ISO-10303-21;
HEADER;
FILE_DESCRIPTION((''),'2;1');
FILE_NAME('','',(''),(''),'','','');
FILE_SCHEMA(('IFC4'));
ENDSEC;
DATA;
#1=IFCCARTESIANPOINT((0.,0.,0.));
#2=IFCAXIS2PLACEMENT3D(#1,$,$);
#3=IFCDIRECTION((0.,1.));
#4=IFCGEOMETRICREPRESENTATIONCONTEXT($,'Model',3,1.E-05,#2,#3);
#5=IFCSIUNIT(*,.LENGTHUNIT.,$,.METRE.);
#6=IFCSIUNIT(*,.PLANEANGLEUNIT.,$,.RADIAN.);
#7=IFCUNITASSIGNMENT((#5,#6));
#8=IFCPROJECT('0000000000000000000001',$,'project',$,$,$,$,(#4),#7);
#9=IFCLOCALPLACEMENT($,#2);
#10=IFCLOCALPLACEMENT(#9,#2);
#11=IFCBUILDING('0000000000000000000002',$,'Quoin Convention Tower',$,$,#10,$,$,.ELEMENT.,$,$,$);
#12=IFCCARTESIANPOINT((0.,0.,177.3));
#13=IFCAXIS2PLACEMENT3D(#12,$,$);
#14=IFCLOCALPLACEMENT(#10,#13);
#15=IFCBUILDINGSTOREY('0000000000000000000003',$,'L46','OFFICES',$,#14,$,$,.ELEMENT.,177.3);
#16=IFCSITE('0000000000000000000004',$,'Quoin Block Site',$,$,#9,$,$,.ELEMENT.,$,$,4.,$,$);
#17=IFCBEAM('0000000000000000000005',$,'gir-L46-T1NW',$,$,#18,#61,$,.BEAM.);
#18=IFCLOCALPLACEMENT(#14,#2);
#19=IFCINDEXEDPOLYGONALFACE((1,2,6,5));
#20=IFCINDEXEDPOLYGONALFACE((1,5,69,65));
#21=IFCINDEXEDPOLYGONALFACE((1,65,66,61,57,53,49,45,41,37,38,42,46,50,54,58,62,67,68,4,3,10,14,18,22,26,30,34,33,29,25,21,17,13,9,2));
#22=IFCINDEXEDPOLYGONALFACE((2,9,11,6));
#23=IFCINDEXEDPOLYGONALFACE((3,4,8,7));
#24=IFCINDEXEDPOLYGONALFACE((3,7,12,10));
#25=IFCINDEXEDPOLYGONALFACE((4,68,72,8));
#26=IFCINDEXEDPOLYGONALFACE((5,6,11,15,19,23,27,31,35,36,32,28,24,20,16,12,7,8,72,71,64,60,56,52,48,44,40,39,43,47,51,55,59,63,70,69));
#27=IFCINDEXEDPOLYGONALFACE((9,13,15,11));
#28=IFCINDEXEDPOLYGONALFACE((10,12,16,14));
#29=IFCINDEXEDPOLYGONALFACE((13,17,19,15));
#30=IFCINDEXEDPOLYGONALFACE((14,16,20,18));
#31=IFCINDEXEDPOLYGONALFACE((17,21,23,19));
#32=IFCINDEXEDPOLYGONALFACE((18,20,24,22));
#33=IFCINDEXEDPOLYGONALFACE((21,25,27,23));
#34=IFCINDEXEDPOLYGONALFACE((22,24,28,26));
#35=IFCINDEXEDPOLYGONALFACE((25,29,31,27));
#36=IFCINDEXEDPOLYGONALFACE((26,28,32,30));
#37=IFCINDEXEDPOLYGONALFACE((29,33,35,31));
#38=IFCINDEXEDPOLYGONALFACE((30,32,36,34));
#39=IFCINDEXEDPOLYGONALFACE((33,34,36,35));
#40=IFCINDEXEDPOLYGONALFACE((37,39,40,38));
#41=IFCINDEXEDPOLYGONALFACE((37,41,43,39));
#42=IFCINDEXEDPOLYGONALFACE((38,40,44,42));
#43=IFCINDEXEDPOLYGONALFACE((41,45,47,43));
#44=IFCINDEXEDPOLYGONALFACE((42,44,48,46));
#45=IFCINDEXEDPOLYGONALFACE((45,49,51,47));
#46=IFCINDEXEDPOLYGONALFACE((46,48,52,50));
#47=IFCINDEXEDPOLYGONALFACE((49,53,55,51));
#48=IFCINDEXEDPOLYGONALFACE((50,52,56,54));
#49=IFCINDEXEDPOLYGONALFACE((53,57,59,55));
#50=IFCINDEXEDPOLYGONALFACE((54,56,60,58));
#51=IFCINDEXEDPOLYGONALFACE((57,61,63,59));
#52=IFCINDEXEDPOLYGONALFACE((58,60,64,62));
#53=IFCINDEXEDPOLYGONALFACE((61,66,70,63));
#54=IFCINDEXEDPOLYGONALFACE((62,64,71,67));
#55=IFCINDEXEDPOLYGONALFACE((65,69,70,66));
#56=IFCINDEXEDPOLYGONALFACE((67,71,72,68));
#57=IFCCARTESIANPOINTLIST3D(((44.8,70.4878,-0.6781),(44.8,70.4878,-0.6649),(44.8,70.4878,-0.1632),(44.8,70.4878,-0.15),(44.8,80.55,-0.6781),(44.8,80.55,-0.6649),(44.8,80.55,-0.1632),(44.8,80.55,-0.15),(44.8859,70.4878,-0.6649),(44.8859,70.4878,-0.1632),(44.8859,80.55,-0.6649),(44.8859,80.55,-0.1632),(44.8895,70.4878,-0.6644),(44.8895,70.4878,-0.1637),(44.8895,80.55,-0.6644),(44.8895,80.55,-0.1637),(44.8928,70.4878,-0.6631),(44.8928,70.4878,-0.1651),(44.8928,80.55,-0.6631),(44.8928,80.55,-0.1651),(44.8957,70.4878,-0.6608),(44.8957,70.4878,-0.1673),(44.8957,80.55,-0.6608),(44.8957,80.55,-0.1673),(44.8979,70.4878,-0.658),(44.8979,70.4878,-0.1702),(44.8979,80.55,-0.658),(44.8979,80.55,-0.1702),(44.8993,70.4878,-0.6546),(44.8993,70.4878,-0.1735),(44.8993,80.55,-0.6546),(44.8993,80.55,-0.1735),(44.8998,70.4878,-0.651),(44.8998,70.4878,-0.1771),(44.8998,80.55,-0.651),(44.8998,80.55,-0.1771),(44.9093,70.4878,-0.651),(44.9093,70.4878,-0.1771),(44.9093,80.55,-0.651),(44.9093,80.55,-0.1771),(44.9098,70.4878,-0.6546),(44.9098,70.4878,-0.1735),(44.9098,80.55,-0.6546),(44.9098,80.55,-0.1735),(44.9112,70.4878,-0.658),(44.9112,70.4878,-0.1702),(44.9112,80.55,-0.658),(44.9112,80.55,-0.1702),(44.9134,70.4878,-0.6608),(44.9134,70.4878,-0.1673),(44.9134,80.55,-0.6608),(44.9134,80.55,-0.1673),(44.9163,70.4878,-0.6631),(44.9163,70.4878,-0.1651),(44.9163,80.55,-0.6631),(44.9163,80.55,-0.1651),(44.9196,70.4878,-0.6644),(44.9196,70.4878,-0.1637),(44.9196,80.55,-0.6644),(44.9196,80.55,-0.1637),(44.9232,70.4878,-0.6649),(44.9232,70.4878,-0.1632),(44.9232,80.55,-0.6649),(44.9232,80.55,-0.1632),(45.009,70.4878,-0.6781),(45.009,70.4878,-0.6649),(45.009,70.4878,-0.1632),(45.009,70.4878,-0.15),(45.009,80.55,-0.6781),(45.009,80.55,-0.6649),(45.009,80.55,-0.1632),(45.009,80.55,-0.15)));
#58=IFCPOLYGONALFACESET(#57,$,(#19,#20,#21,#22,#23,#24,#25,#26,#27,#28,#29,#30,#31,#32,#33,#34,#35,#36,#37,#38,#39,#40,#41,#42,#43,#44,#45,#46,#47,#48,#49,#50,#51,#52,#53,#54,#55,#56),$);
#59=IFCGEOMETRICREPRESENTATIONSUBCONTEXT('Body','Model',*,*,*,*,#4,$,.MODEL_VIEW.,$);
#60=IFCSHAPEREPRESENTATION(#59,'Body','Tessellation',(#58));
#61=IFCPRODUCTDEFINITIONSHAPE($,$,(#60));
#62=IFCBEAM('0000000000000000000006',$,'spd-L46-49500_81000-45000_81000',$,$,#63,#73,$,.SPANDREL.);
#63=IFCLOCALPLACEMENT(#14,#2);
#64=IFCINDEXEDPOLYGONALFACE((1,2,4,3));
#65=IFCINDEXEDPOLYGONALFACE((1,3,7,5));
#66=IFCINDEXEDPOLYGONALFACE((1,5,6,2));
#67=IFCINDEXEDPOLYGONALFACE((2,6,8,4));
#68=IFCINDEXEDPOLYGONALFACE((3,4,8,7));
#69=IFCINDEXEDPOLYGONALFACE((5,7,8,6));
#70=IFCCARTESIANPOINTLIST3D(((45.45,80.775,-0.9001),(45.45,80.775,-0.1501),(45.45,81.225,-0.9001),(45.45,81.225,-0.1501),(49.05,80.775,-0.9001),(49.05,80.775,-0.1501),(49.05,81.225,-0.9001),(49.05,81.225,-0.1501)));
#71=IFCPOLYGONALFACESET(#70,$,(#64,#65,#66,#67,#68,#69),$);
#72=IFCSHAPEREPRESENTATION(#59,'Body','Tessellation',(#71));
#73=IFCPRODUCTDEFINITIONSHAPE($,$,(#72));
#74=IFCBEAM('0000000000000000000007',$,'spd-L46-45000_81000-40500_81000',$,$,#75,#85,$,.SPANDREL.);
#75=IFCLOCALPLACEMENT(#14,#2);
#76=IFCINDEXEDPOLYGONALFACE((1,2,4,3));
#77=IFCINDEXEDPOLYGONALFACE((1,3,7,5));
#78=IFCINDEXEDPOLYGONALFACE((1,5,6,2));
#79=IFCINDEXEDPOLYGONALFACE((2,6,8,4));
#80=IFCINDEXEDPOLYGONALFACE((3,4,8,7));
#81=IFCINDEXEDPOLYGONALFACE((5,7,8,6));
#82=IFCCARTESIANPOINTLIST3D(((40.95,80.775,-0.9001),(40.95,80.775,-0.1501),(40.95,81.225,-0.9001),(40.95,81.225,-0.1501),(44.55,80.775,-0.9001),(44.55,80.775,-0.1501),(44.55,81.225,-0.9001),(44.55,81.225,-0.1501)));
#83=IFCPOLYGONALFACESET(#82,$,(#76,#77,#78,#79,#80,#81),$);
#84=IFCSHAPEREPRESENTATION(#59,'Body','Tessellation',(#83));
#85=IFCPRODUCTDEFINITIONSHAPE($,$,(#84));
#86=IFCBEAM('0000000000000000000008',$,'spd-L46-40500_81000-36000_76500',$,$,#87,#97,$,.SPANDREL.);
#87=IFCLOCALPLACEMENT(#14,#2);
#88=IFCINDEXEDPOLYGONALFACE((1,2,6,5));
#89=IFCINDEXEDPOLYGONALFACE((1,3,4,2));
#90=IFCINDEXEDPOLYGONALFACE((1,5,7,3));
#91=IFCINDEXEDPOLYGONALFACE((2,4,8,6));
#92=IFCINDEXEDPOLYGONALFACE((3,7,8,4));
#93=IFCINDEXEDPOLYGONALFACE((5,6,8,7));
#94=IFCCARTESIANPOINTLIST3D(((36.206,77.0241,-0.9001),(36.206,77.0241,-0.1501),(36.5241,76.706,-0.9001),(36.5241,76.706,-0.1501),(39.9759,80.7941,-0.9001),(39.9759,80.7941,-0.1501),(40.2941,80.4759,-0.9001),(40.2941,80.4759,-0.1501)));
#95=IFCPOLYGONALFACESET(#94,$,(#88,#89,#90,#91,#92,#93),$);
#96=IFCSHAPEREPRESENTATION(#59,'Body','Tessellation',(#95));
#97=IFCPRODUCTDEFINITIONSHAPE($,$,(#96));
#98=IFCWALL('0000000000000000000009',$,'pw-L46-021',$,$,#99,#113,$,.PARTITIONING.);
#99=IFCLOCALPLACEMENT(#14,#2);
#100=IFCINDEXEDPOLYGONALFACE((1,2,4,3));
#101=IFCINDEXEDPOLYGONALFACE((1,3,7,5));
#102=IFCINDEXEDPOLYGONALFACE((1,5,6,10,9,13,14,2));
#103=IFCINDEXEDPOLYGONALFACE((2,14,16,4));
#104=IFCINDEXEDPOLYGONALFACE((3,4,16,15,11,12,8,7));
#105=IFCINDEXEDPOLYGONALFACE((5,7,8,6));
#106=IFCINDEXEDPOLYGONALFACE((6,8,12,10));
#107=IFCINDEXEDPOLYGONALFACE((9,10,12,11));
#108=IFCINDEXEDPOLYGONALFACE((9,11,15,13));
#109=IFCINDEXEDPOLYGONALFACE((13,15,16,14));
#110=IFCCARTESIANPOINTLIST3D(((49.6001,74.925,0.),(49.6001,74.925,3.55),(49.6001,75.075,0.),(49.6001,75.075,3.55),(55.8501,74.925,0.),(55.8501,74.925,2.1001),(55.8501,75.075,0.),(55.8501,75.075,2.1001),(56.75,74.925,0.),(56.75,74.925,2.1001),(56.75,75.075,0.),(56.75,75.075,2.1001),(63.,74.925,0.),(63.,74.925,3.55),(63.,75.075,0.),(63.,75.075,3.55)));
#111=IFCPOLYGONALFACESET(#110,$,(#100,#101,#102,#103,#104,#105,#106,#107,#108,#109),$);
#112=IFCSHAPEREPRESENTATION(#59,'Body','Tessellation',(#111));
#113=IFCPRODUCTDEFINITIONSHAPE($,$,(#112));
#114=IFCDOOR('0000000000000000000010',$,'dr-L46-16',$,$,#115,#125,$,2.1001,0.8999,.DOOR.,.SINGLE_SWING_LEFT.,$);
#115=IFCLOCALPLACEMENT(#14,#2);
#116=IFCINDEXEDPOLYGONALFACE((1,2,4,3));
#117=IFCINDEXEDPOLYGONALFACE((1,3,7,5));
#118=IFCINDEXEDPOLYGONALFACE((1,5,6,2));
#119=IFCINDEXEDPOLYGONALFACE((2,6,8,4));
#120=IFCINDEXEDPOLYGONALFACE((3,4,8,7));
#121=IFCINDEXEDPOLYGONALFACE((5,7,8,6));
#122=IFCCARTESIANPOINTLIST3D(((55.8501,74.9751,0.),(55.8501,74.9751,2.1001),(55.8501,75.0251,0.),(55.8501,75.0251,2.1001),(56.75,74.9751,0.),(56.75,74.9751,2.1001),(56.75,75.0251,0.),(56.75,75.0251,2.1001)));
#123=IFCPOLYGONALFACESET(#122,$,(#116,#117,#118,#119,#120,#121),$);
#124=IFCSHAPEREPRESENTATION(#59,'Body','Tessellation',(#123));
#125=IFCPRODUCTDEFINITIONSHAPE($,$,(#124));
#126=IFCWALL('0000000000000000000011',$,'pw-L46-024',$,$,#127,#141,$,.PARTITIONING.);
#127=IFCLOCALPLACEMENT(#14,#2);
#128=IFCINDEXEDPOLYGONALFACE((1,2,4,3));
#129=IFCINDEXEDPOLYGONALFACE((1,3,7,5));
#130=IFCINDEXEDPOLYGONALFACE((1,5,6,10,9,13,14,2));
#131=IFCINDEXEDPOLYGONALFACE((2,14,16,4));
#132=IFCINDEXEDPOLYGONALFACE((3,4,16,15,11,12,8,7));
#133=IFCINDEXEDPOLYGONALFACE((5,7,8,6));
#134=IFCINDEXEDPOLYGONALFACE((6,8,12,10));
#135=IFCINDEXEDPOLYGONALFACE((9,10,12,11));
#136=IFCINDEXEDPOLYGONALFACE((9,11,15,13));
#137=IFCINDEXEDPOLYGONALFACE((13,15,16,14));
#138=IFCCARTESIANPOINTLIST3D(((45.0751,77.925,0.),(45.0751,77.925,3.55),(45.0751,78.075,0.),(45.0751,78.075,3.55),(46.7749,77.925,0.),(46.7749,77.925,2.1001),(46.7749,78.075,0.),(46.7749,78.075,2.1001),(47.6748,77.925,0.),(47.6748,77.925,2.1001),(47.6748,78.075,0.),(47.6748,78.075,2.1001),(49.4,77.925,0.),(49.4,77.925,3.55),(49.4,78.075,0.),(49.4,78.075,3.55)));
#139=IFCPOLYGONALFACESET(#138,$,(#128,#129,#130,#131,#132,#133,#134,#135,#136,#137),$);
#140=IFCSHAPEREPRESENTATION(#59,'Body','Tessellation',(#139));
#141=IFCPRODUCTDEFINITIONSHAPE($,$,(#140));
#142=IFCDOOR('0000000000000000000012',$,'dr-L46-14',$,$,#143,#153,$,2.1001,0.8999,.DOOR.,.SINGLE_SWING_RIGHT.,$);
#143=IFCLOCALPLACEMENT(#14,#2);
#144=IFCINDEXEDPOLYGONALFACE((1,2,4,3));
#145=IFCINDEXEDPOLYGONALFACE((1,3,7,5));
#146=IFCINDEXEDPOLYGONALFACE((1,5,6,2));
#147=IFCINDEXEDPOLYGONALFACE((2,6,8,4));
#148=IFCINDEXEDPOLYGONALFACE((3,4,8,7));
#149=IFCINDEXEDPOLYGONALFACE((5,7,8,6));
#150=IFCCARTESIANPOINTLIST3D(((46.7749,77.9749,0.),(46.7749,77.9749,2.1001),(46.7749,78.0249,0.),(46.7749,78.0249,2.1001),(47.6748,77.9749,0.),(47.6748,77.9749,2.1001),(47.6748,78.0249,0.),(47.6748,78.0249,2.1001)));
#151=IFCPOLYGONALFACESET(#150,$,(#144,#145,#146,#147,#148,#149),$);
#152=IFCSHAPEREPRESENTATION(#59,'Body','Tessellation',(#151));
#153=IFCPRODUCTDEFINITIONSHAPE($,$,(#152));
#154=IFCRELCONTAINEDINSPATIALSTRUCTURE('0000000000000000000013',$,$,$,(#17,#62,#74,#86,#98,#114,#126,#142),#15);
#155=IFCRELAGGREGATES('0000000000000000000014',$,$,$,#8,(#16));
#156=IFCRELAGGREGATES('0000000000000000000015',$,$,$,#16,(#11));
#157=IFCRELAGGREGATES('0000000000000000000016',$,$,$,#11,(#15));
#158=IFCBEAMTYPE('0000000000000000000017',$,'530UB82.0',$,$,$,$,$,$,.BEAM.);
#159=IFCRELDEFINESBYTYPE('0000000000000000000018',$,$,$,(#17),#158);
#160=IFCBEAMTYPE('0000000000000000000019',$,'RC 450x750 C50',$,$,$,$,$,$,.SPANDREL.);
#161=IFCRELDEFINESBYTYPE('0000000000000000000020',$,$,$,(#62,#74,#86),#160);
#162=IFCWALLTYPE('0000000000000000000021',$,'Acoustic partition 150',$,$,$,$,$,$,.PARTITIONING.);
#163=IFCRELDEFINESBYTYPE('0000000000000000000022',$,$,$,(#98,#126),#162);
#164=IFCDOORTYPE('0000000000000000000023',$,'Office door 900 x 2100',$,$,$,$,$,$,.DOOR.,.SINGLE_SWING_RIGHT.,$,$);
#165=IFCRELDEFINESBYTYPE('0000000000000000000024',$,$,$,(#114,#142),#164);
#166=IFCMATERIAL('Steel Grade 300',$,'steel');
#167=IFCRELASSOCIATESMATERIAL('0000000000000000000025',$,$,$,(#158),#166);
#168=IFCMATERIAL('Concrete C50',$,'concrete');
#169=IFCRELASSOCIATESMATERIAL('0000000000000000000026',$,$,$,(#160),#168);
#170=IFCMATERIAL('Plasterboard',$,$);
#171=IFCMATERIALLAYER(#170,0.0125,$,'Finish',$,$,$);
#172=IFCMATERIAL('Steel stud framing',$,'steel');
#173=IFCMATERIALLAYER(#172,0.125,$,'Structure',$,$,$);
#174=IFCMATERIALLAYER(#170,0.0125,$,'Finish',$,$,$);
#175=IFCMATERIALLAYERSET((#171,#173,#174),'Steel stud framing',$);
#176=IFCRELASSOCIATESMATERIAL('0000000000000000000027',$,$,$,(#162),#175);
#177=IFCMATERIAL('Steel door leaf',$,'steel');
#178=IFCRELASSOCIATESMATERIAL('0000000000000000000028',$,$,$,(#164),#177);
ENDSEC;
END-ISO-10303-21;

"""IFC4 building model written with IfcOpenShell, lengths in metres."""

from ifc_helpers import new_model, si_unit, direction, frame, frame_2d, origin, origin_2d, place, context, subcontext, project, spatial, rectangle, i_section, extrude, material, layer, layer_set, material_profile, profile_set, type_object, element, fill, save


model = new_model("IFC4")

# Units and contexts
model_context = context("Model", 3, precision=1e-05, world=origin(), true_north=direction((0.0, 1.0)))
body_context = subcontext(model_context, "Body", "Model", "MODEL_VIEW")
ifc_project = project(units=[si_unit("LENGTHUNIT", "METRE"), si_unit("PLANEANGLEUNIT", "RADIAN")], contexts=[model_context])

# Site, building, storey
site_placement = place(None, origin())
site = spatial("IfcSite", under=ifc_project, at=site_placement, Name="Quoin Block Site", CompositionType="ELEMENT", RefElevation=4.0)
building_placement = place(site_placement, origin())
building = spatial("IfcBuilding", under=site, at=building_placement, Name="Quoin Convention Tower", CompositionType="ELEMENT")
storey_placement = place(building_placement, frame((0.0, 0.0, 177.3)))
storey = spatial("IfcBuildingStorey", under=building, at=storey_placement, Name="L46", Description="OFFICES", CompositionType="ELEMENT", Elevation=177.3)

# Shared definitions
ifc_material_1 = material(Name="Concrete C50", Category="concrete")

# Beams
ifc_material_2 = material(Name="Steel Grade 300", Category="steel")
ifc_material_profile_1 = material_profile(ifc_material_2, i_section(OverallWidth=0.209, OverallDepth=0.5281, WebThickness=0.0095, FlangeThickness=0.0132, FilletRadius=0.0139, at=origin_2d()), Name="530UB82.0")
ifc_profile_set_1 = profile_set([ifc_material_profile_1], Name="Steel Grade 300")
beam_type_1 = type_object("IfcBeamType", Name="530UB82.0", PredefinedType="BEAM", material=ifc_profile_set_1)
beam_1_placement = place(storey_placement, frame((44.9045, 80.55, -0.4141), z_axis=(0.0, -1.0, 0.0), x_axis=(1.0, 0.0, 0.0)))
element("IfcBeam", 1, at=beam_1_placement, inside=storey, type_object=beam_type_1, Name="gir-L46-T1NW", PredefinedType="BEAM", context=body_context, shape_type="SweptSolid", body=[
    extrude(i_section(OverallWidth=0.209, OverallDepth=0.5281, WebThickness=0.0095, FlangeThickness=0.0132, FilletRadius=0.0139, at=origin_2d()), origin(), (0.0, 0.0, 1.0), 10.0623),
])
ifc_material_profile_2 = material_profile(ifc_material_1, rectangle(XDim=0.45, YDim=0.75, at=origin_2d()), Name="RC 450x750")
ifc_profile_set_2 = profile_set([ifc_material_profile_2], Name="Concrete C50")
beam_type_2 = type_object("IfcBeamType", Name="RC 450x750 C50", PredefinedType="SPANDREL", material=ifc_profile_set_2)
for number, where, z_axis, x_axis, name in (
    (2, (49.05, 81.0, -0.5251), (-1.0, 0.0, 0.0), (0.0, -1.0, 0.0), "spd-L46-49500_81000-45000_81000"),
    (3, (44.55, 81.0, -0.5251), (-1.0, 0.0, 0.0), (0.0, -1.0, 0.0), "spd-L46-45000_81000-40500_81000"),
):
    element("IfcBeam", number, at=place(storey_placement, frame(where, z_axis=z_axis, x_axis=x_axis)), inside=storey, type_object=beam_type_2, Name=name, PredefinedType="SPANDREL", context=body_context, shape_type="SweptSolid", body=[
        extrude(rectangle(XDim=0.45, YDim=0.75, at=origin_2d()), origin(), (0.0, 0.0, 1.0), 3.6001),
    ])
beam_2_placement = place(storey_placement, frame((40.135, 80.635, -0.5251), z_axis=(-0.707107, -0.707107, 0.0), x_axis=(0.707107, -0.707107, 0.0)))
element("IfcBeam", 4, at=beam_2_placement, inside=storey, type_object=beam_type_2, Name="spd-L46-40500_81000-36000_76500", PredefinedType="SPANDREL", context=body_context, shape_type="SweptSolid", body=[
    extrude(rectangle(XDim=0.45, YDim=0.75, at=origin_2d()), origin(), (0.0, 0.0, 1.0), 5.3315),
])

# Walls, openings, doors
ifc_material_3 = material(Name="Plasterboard")
ifc_layer_1 = layer(ifc_material_3, 0.0125, Name="Finish")
ifc_material_4 = material(Name="Steel stud framing", Category="steel")
ifc_layer_2 = layer(ifc_material_4, 0.125, Name="Structure")
ifc_layer_3 = layer(ifc_material_3, 0.0125, Name="Finish")
ifc_layer_set_1 = layer_set([ifc_layer_1, ifc_layer_2, ifc_layer_3], Name="Steel stud framing")
wall_type_1 = type_object("IfcWallType", Name="Acoustic partition 150", PredefinedType="PARTITIONING", material=ifc_layer_set_1)
wall_1_placement = place(storey_placement, frame((49.6001, 75.0, 0.0), z_axis=(0.0, 0.0, 1.0), x_axis=(1.0, 0.0, 0.0)))
wall_1 = element("IfcWall", 5, at=wall_1_placement, inside=storey, type_object=wall_type_1, Name="pw-L46-021", PredefinedType="PARTITIONING", context=body_context, shape_type="SweptSolid", body=[
    extrude(rectangle(XDim=13.3999, YDim=0.1499, at=frame_2d((6.7, 0.0))), origin(), (0.0, 0.0, 1.0), 3.55),
])
opening_1_placement = place(wall_1_placement, frame((6.25, 0.0, 0.0)))
opening_1 = element("IfcOpeningElement", 6, at=opening_1_placement, cuts=wall_1, PredefinedType="OPENING", context=body_context, shape_type="SweptSolid", body=[
    extrude(rectangle(XDim=0.8999, YDim=2.1001, at=frame_2d((0.45, 1.05))), frame((0.0, 0.085, 0.0), z_axis=(0.0, -1.0, 0.0), x_axis=(1.0, 0.0, 0.0)), (0.0, 0.0, 1.0), 0.1699),
])
ifc_material_5 = material(Name="Steel door leaf", Category="steel")
door_type_1 = type_object("IfcDoorType", Name="Office door 900 x 2100", OperationType="SINGLE_SWING_RIGHT", PredefinedType="DOOR", material=ifc_material_5)
door_1_placement = place(opening_1_placement, frame((0.8999, 0.0, 0.0), z_axis=(0.0, 0.0, 1.0), x_axis=(-1.0, 0.0, 0.0)))
door_1 = element("IfcDoor", 7, at=door_1_placement, inside=storey, type_object=door_type_1, Name="dr-L46-16", OperationType="SINGLE_SWING_LEFT", OverallHeight=2.1001, OverallWidth=0.8999, PredefinedType="DOOR", context=body_context, shape_type="SweptSolid", body=[
    extrude(rectangle(XDim=0.8999, YDim=2.1001, at=frame_2d((0.45, 1.05))), frame((0.0, 0.0249, 0.0), z_axis=(0.0, -1.0, 0.0), x_axis=(1.0, 0.0, 0.0)), (0.0, 0.0, 1.0), 0.05),
])
fill(opening_1, door_1)
wall_2_placement = place(storey_placement, frame((45.075, 78.0, 0.0), z_axis=(0.0, 0.0, 1.0), x_axis=(1.0, 0.0, 0.0)))
wall_2 = element("IfcWall", 8, at=wall_2_placement, inside=storey, type_object=wall_type_1, Name="pw-L46-024", PredefinedType="PARTITIONING", context=body_context, shape_type="SweptSolid", body=[
    extrude(rectangle(XDim=4.325, YDim=0.1499, at=frame_2d((2.1626, 0.0))), origin(), (0.0, 0.0, 1.0), 3.55),
])
opening_2_placement = place(wall_2_placement, frame((1.7, 0.0, 0.0)))
opening_2 = element("IfcOpeningElement", 9, at=opening_2_placement, cuts=wall_2, PredefinedType="OPENING", context=body_context, shape_type="SweptSolid", body=[
    extrude(rectangle(XDim=0.8999, YDim=2.1001, at=frame_2d((0.45, 1.05))), frame((0.0, 0.085, 0.0), z_axis=(0.0, -1.0, 0.0), x_axis=(1.0, 0.0, 0.0)), (0.0, 0.0, 1.0), 0.1699),
])
door_2_placement = place(opening_2_placement, origin())
door_2 = element("IfcDoor", 10, at=door_2_placement, inside=storey, type_object=door_type_1, Name="dr-L46-14", OperationType="SINGLE_SWING_RIGHT", OverallHeight=2.1001, OverallWidth=0.8999, PredefinedType="DOOR", context=body_context, shape_type="SweptSolid", body=[
    extrude(rectangle(XDim=0.8999, YDim=2.1001, at=frame_2d((0.45, 1.05))), frame((0.0, 0.0249, 0.0), z_axis=(0.0, -1.0, 0.0), x_axis=(1.0, 0.0, 0.0)), (0.0, 0.0, 1.0), 0.05),
])
fill(opening_2, door_2)

save(model, "model.ifc")
